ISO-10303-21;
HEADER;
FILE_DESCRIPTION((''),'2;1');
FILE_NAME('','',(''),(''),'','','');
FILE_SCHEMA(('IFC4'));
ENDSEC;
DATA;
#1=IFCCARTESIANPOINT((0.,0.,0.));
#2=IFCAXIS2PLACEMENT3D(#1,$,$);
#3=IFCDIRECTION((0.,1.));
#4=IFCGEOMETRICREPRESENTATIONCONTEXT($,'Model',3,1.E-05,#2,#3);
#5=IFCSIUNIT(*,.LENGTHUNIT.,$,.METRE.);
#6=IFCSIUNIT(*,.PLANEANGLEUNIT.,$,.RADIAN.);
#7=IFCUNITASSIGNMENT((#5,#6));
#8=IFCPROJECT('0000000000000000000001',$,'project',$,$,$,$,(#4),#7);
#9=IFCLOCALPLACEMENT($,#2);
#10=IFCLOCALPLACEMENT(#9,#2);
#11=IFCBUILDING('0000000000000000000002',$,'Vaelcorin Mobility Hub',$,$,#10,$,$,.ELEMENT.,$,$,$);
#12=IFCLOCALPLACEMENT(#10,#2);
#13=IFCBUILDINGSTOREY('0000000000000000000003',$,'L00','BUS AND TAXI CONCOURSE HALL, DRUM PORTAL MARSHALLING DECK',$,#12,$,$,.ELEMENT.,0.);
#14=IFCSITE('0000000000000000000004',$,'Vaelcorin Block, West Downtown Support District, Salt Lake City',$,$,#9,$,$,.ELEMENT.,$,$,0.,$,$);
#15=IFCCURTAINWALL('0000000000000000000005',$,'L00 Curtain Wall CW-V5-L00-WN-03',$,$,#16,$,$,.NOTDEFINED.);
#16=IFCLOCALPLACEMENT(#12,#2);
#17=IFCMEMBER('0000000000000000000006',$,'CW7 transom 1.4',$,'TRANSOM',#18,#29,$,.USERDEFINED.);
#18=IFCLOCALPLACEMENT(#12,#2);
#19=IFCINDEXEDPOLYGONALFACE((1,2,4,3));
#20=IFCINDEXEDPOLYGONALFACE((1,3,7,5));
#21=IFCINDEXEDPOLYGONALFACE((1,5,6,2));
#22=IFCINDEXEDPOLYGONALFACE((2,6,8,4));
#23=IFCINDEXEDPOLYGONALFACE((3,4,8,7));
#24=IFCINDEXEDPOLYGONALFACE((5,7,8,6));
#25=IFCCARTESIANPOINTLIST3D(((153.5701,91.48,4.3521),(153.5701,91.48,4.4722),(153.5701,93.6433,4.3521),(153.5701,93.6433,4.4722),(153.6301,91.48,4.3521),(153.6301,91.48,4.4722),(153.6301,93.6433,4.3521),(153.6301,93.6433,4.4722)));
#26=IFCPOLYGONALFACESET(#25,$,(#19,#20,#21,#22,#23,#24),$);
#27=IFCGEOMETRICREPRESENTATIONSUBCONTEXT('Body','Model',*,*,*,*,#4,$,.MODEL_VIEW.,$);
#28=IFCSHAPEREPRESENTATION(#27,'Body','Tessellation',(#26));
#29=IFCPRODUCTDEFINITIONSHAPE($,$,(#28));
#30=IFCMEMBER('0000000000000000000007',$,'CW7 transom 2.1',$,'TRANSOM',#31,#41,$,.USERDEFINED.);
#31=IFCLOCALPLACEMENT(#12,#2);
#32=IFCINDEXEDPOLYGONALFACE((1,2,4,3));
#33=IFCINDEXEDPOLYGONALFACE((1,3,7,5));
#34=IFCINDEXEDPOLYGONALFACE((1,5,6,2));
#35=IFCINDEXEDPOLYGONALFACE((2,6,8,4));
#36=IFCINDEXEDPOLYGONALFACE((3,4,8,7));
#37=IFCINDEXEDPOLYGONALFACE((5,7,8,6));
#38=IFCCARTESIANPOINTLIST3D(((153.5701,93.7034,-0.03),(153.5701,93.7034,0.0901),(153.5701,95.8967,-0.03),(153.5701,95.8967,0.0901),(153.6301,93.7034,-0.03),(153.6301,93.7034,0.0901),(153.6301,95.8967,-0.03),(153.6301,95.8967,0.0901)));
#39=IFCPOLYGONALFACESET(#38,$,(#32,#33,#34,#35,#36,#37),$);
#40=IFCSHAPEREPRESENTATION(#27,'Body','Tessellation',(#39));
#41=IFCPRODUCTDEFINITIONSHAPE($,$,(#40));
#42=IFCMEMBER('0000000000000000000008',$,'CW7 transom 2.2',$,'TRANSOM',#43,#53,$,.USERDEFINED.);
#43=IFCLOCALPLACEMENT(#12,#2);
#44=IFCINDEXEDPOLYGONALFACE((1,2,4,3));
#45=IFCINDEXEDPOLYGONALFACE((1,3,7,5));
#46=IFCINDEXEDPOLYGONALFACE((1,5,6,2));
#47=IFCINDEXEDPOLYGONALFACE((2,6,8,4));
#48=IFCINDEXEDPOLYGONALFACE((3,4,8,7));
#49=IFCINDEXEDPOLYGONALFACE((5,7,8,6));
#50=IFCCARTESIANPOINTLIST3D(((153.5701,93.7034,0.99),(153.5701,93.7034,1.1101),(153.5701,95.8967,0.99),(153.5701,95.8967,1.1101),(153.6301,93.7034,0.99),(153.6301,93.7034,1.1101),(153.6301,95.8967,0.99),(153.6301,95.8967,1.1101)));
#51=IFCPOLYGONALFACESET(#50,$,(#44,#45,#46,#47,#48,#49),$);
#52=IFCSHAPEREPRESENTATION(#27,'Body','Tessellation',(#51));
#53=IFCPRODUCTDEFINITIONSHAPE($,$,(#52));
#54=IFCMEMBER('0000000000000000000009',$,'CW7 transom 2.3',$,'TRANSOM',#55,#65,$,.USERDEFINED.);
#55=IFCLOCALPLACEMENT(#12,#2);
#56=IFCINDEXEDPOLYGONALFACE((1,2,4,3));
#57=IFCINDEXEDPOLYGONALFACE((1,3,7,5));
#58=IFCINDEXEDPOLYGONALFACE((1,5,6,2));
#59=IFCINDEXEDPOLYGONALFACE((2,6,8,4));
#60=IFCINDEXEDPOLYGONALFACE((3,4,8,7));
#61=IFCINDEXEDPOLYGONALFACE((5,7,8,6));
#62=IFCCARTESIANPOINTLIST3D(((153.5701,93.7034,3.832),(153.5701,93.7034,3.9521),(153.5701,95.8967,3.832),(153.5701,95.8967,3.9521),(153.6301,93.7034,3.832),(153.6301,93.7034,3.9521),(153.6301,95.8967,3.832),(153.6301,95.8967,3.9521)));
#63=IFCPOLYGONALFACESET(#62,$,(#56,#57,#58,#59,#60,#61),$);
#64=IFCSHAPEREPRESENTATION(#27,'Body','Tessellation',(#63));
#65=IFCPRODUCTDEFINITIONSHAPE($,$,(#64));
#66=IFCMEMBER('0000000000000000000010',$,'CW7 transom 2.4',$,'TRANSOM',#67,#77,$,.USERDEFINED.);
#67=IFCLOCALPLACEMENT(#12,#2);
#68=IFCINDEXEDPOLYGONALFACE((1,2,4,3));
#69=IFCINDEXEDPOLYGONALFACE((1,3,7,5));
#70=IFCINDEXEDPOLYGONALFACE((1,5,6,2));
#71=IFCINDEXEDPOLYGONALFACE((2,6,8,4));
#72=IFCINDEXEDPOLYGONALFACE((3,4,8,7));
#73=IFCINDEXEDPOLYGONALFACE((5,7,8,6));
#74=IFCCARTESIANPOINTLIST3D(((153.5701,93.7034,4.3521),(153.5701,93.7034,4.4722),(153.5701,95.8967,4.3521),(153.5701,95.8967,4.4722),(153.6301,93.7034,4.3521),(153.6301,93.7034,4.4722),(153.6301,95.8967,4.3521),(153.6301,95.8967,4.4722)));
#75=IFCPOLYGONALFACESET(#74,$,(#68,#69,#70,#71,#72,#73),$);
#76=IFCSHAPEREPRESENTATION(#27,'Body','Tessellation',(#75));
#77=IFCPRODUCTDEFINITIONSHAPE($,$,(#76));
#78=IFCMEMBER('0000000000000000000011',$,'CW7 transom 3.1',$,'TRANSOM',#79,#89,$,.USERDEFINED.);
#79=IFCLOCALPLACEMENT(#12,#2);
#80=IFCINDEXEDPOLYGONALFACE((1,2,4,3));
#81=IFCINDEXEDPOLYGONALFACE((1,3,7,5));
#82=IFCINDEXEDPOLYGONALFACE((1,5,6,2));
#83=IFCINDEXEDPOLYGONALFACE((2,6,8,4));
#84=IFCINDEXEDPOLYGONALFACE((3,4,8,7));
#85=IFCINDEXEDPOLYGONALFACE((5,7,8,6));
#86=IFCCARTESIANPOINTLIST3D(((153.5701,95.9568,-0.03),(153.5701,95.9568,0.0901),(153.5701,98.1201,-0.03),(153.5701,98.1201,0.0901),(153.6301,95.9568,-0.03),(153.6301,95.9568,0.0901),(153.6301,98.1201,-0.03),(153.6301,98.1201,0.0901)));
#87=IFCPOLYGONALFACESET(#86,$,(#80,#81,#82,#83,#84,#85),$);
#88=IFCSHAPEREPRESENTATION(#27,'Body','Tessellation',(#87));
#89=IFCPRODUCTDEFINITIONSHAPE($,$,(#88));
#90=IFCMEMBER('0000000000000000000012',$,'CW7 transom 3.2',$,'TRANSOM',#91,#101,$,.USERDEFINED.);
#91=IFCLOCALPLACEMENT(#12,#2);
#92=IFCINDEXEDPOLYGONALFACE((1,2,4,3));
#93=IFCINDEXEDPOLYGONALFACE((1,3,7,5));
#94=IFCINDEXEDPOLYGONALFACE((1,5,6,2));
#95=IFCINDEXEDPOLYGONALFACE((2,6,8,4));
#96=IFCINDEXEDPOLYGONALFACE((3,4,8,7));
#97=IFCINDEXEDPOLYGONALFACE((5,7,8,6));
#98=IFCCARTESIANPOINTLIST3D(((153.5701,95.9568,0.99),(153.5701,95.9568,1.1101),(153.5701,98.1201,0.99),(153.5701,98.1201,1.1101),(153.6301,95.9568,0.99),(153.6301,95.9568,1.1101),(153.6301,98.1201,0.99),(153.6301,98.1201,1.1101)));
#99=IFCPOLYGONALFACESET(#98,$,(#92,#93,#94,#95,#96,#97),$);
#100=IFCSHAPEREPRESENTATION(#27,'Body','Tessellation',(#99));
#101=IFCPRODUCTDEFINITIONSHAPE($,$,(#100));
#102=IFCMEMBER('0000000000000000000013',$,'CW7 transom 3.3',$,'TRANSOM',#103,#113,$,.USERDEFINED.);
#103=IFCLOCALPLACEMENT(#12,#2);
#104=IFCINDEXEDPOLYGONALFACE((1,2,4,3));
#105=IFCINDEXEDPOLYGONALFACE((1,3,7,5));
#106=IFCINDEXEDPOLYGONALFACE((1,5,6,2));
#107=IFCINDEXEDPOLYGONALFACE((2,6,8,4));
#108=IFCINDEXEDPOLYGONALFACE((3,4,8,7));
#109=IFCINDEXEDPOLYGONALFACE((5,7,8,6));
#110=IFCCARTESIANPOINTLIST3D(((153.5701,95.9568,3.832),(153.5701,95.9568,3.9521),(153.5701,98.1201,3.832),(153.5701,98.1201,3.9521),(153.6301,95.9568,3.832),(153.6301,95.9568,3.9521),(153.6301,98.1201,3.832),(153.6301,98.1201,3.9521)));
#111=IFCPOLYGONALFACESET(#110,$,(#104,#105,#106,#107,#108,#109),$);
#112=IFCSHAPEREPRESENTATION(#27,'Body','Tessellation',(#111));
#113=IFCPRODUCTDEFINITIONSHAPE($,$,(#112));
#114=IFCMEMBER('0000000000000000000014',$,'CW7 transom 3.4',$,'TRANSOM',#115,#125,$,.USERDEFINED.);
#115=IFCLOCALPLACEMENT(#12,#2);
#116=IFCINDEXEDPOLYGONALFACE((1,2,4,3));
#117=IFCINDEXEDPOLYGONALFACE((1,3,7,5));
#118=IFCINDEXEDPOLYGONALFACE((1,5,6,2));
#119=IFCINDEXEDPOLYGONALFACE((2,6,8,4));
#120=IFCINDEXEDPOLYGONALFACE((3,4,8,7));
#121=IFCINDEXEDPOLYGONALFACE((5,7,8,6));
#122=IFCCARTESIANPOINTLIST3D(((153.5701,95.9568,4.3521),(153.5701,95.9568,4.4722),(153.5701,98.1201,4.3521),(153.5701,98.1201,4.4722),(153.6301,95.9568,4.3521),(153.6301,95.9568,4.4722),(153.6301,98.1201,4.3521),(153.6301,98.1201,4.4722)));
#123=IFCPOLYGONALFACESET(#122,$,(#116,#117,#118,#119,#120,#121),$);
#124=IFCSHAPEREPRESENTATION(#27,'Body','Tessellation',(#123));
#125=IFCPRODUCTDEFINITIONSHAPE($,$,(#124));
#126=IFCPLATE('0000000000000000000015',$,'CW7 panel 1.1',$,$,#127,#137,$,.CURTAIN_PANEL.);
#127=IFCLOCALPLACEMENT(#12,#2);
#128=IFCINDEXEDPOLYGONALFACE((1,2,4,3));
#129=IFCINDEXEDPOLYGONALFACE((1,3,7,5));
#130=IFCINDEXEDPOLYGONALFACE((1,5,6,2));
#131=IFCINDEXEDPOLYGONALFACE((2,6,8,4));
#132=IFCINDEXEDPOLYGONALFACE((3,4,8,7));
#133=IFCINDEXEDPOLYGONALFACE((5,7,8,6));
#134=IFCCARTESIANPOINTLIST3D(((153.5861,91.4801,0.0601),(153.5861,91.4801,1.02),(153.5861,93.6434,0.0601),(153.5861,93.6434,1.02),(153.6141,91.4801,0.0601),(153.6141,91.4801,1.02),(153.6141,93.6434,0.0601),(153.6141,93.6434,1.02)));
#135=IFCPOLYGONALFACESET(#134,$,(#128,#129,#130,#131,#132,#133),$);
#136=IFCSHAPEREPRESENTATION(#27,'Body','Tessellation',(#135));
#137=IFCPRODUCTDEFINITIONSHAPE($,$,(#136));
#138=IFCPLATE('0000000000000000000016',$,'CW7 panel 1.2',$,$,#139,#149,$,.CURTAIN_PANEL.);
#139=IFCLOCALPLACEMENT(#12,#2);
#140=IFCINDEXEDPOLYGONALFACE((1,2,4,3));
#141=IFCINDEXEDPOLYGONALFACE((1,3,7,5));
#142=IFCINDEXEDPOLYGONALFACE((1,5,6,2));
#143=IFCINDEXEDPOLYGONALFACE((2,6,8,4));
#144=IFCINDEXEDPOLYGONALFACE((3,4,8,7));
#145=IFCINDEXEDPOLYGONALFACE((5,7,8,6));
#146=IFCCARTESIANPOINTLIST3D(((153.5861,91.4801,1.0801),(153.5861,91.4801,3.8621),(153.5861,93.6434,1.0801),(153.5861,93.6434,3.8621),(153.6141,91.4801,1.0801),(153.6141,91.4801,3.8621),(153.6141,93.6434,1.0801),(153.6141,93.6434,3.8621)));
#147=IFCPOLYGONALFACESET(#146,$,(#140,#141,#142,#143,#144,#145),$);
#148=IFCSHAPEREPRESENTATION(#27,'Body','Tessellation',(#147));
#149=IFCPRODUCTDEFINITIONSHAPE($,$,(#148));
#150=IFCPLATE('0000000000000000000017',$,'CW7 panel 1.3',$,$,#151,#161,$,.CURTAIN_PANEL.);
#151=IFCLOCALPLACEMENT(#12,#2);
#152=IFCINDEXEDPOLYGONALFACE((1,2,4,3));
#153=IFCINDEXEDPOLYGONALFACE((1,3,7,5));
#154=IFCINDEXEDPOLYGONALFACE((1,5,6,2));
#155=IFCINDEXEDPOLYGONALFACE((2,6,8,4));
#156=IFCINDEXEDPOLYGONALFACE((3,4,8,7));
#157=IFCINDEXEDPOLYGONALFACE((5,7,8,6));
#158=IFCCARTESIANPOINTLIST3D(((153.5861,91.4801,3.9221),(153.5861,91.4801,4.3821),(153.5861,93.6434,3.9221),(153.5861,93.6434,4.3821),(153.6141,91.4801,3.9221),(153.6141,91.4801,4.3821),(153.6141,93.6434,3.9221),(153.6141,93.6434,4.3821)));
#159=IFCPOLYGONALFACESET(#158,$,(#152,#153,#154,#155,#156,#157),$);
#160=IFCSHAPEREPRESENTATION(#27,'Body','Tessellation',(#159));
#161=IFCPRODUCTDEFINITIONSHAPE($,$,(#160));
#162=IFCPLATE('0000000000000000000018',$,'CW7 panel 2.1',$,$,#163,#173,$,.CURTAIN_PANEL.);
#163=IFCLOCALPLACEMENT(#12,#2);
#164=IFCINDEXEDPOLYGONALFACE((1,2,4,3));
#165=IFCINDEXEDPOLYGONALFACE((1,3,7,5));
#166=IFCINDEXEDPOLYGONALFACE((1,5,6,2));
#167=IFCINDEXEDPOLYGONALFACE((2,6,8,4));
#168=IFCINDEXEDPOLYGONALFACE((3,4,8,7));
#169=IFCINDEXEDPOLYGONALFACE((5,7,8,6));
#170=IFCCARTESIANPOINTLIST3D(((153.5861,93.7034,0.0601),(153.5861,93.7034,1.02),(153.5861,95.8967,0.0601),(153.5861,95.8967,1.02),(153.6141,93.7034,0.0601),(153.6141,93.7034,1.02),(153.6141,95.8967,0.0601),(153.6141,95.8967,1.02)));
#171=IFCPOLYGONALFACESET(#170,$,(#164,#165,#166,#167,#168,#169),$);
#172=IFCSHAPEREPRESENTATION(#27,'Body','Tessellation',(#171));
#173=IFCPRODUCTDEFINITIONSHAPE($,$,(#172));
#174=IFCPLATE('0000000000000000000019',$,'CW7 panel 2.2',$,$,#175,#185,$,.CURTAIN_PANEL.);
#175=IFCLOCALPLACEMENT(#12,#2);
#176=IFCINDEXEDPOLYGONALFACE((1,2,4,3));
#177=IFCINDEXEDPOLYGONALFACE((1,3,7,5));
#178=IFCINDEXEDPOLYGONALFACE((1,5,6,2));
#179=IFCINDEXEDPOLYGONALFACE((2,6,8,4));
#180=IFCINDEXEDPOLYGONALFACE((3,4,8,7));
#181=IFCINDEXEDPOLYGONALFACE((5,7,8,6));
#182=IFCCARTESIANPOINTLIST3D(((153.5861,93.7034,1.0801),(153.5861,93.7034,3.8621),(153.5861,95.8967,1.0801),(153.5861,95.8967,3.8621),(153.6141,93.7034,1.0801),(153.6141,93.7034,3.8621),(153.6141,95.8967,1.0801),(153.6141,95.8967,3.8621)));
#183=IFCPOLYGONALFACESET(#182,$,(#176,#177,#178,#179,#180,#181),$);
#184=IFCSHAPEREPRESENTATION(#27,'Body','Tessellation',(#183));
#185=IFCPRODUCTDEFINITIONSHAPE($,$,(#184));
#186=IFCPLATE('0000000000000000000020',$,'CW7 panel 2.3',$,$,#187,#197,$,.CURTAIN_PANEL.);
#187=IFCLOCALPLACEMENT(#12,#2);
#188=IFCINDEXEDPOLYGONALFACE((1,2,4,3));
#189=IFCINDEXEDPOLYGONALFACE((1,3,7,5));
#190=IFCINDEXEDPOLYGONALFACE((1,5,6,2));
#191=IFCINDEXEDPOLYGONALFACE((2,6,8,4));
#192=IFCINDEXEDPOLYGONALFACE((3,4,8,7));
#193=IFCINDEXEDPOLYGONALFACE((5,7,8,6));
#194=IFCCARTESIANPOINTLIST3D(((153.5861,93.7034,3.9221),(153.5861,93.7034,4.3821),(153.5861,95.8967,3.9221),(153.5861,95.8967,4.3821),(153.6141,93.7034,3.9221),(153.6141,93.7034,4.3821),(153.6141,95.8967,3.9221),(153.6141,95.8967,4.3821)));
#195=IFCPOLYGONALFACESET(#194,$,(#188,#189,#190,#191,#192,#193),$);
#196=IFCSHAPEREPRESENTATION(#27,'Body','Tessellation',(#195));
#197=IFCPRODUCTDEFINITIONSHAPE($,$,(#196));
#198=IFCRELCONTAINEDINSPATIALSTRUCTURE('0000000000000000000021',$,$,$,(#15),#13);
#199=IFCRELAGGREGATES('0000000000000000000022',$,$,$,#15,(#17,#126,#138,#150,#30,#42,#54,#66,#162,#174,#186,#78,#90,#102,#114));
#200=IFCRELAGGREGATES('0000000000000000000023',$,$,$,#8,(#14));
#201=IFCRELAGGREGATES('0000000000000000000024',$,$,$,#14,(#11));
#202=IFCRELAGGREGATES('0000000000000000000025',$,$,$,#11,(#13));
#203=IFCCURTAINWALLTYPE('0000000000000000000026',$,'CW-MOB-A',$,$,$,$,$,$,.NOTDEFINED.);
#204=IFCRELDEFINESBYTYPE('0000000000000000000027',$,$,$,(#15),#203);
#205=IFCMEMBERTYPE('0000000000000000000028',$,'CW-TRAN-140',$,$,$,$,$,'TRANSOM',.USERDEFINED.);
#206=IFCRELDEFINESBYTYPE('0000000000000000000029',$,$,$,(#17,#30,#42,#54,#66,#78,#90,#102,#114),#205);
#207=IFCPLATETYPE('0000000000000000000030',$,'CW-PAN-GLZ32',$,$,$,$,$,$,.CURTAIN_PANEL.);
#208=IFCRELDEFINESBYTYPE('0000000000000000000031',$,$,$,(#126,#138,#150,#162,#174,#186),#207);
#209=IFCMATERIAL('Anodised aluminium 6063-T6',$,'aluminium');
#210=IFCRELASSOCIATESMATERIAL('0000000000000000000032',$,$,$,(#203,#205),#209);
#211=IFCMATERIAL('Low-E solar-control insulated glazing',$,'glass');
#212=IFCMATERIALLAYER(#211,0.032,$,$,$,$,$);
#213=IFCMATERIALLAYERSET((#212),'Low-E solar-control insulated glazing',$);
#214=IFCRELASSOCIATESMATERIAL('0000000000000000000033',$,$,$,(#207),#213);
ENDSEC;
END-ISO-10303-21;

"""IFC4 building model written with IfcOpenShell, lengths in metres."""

from ifc_helpers import new_model, si_unit, direction, frame, origin, origin_2d, place, context, subcontext, project, spatial, rectangle, extrude, material, layer, layer_set, material_profile, profile_set, type_object, element, aggregate, save


model = new_model("IFC4")

# Units and contexts
model_context = context("Model", 3, precision=1e-05, world=origin(), true_north=direction((0.0, 1.0)))
body_context = subcontext(model_context, "Body", "Model", "MODEL_VIEW")
ifc_project = project(units=[si_unit("LENGTHUNIT", "METRE"), si_unit("PLANEANGLEUNIT", "RADIAN")], contexts=[model_context])

# Site, building, storey
site_placement = place(None, origin())
site = spatial("IfcSite", under=ifc_project, at=site_placement, Name="Vaelcorin Block, West Downtown Support District, Salt Lake City", CompositionType="ELEMENT", RefElevation=0.0)
building_placement = place(site_placement, origin())
building = spatial("IfcBuilding", under=site, at=building_placement, Name="Vaelcorin Mobility Hub", CompositionType="ELEMENT")
storey_placement = place(building_placement, origin())
storey = spatial("IfcBuildingStorey", under=building, at=storey_placement, Name="L00", Description="BUS AND TAXI CONCOURSE HALL, DRUM PORTAL MARSHALLING DECK", CompositionType="ELEMENT", Elevation=0.0)

# Shared definitions
ifc_material_1 = material(Name="Anodised aluminium 6063-T6", Category="aluminium")
curtain_wall_type = type_object("IfcCurtainWallType", Name="CW-MOB-A", PredefinedType="NOTDEFINED", material=ifc_material_1)

# Curtain wall, members, plates
curtain_wall_1_placement = place(storey_placement, origin())
curtain_wall_1 = element("IfcCurtainWall", 1, at=curtain_wall_1_placement, inside=storey, type_object=curtain_wall_type, Name="L00 Curtain Wall CW-V5-L00-WN-03", PredefinedType="NOTDEFINED")
ifc_material_profile_1 = material_profile(ifc_material_1, rectangle(XDim=0.0601, YDim=0.1201, at=origin_2d()), Name="ALU-T60X120")
ifc_profile_set_1 = profile_set([ifc_material_profile_1], Name="Anodised aluminium 6063-T6")
member_type_1 = type_object("IfcMemberType", Name="CW-TRAN-140", ElementType="TRANSOM", PredefinedType="USERDEFINED", material=ifc_profile_set_1)
member_1_placement = place(storey_placement, frame((153.6001, 91.48, 4.4121), z_axis=(0.0, 1.0, 0.0), x_axis=(-1.0, 0.0, 0.0)))
member_1 = element("IfcMember", 2, at=member_1_placement, type_object=member_type_1, Name="CW7 transom 1.4", ObjectType="TRANSOM", PredefinedType="USERDEFINED", context=body_context, shape_type="SweptSolid", body=[
    extrude(rectangle(XDim=0.0601, YDim=0.1201, at=origin_2d()), origin(), (0.0, 0.0, 1.0), 2.1633),
])
member_2_placement = place(storey_placement, frame((153.6001, 93.7034, 0.03), z_axis=(0.0, 1.0, 0.0), x_axis=(-1.0, 0.0, 0.0)))
member_2 = element("IfcMember", 3, at=member_2_placement, type_object=member_type_1, Name="CW7 transom 2.1", ObjectType="TRANSOM", PredefinedType="USERDEFINED", context=body_context, shape_type="SweptSolid", body=[
    extrude(rectangle(XDim=0.0601, YDim=0.1201, at=origin_2d()), origin(), (0.0, 0.0, 1.0), 2.1934),
])
member_3_placement = place(storey_placement, frame((153.6001, 93.7034, 1.05), z_axis=(0.0, 1.0, 0.0), x_axis=(-1.0, 0.0, 0.0)))
member_3 = element("IfcMember", 4, at=member_3_placement, type_object=member_type_1, Name="CW7 transom 2.2", ObjectType="TRANSOM", PredefinedType="USERDEFINED", context=body_context, shape_type="SweptSolid", body=[
    extrude(rectangle(XDim=0.0601, YDim=0.1201, at=origin_2d()), origin(), (0.0, 0.0, 1.0), 2.1934),
])
member_4_placement = place(storey_placement, frame((153.6001, 93.7034, 3.8921), z_axis=(0.0, 1.0, 0.0), x_axis=(-1.0, 0.0, 0.0)))
member_4 = element("IfcMember", 5, at=member_4_placement, type_object=member_type_1, Name="CW7 transom 2.3", ObjectType="TRANSOM", PredefinedType="USERDEFINED", context=body_context, shape_type="SweptSolid", body=[
    extrude(rectangle(XDim=0.0601, YDim=0.1201, at=origin_2d()), origin(), (0.0, 0.0, 1.0), 2.1934),
])
member_5_placement = place(storey_placement, frame((153.6001, 93.7034, 4.4121), z_axis=(0.0, 1.0, 0.0), x_axis=(-1.0, 0.0, 0.0)))
member_5 = element("IfcMember", 6, at=member_5_placement, type_object=member_type_1, Name="CW7 transom 2.4", ObjectType="TRANSOM", PredefinedType="USERDEFINED", context=body_context, shape_type="SweptSolid", body=[
    extrude(rectangle(XDim=0.0601, YDim=0.1201, at=origin_2d()), origin(), (0.0, 0.0, 1.0), 2.1934),
])
member_6_placement = place(storey_placement, frame((153.6001, 95.9568, 0.03), z_axis=(0.0, 1.0, 0.0), x_axis=(-1.0, 0.0, 0.0)))
member_6 = element("IfcMember", 7, at=member_6_placement, type_object=member_type_1, Name="CW7 transom 3.1", ObjectType="TRANSOM", PredefinedType="USERDEFINED", context=body_context, shape_type="SweptSolid", body=[
    extrude(rectangle(XDim=0.0601, YDim=0.1201, at=origin_2d()), origin(), (0.0, 0.0, 1.0), 2.1633),
])
member_7_placement = place(storey_placement, frame((153.6001, 95.9568, 1.05), z_axis=(0.0, 1.0, 0.0), x_axis=(-1.0, 0.0, 0.0)))
member_7 = element("IfcMember", 8, at=member_7_placement, type_object=member_type_1, Name="CW7 transom 3.2", ObjectType="TRANSOM", PredefinedType="USERDEFINED", context=body_context, shape_type="SweptSolid", body=[
    extrude(rectangle(XDim=0.0601, YDim=0.1201, at=origin_2d()), origin(), (0.0, 0.0, 1.0), 2.1633),
])
member_8_placement = place(storey_placement, frame((153.6001, 95.9568, 3.8921), z_axis=(0.0, 1.0, 0.0), x_axis=(-1.0, 0.0, 0.0)))
member_8 = element("IfcMember", 9, at=member_8_placement, type_object=member_type_1, Name="CW7 transom 3.3", ObjectType="TRANSOM", PredefinedType="USERDEFINED", context=body_context, shape_type="SweptSolid", body=[
    extrude(rectangle(XDim=0.0601, YDim=0.1201, at=origin_2d()), origin(), (0.0, 0.0, 1.0), 2.1633),
])
member_9_placement = place(storey_placement, frame((153.6001, 95.9568, 4.4121), z_axis=(0.0, 1.0, 0.0), x_axis=(-1.0, 0.0, 0.0)))
member_9 = element("IfcMember", 10, at=member_9_placement, type_object=member_type_1, Name="CW7 transom 3.4", ObjectType="TRANSOM", PredefinedType="USERDEFINED", context=body_context, shape_type="SweptSolid", body=[
    extrude(rectangle(XDim=0.0601, YDim=0.1201, at=origin_2d()), origin(), (0.0, 0.0, 1.0), 2.1633),
])
ifc_material_2 = material(Name="Low-E solar-control insulated glazing", Category="glass")
ifc_layer = layer(ifc_material_2, 0.032)
ifc_layer_set = layer_set([ifc_layer], Name="Low-E solar-control insulated glazing")
plate_type = type_object("IfcPlateType", Name="CW-PAN-GLZ32", PredefinedType="CURTAIN_PANEL", material=ifc_layer_set)
plate_1_placement = place(storey_placement, frame((153.6001, 92.5618, 0.0601), z_axis=(0.0, 0.0, 1.0), x_axis=(0.0, 1.0, 0.0)))
plate_1 = element("IfcPlate", 11, at=plate_1_placement, type_object=plate_type, Name="CW7 panel 1.1", PredefinedType="CURTAIN_PANEL", context=body_context, shape_type="SweptSolid", body=[
    extrude(rectangle(XDim=2.1633, YDim=0.0281, at=origin_2d()), origin(), (0.0, 0.0, 1.0), 0.96),
])
plate_2_placement = place(storey_placement, frame((153.6001, 92.5618, 1.0801), z_axis=(0.0, 0.0, 1.0), x_axis=(0.0, 1.0, 0.0)))
plate_2 = element("IfcPlate", 12, at=plate_2_placement, type_object=plate_type, Name="CW7 panel 1.2", PredefinedType="CURTAIN_PANEL", context=body_context, shape_type="SweptSolid", body=[
    extrude(rectangle(XDim=2.1633, YDim=0.0281, at=origin_2d()), origin(), (0.0, 0.0, 1.0), 2.782),
])
plate_3_placement = place(storey_placement, frame((153.6001, 92.5618, 3.9221), z_axis=(0.0, 0.0, 1.0), x_axis=(0.0, 1.0, 0.0)))
plate_3 = element("IfcPlate", 13, at=plate_3_placement, type_object=plate_type, Name="CW7 panel 1.3", PredefinedType="CURTAIN_PANEL", context=body_context, shape_type="SweptSolid", body=[
    extrude(rectangle(XDim=2.1633, YDim=0.0281, at=origin_2d()), origin(), (0.0, 0.0, 1.0), 0.46),
])
plate_4_placement = place(storey_placement, frame((153.6001, 94.8, 0.0601), z_axis=(0.0, 0.0, 1.0), x_axis=(0.0, 1.0, 0.0)))
plate_4 = element("IfcPlate", 14, at=plate_4_placement, type_object=plate_type, Name="CW7 panel 2.1", PredefinedType="CURTAIN_PANEL", context=body_context, shape_type="SweptSolid", body=[
    extrude(rectangle(XDim=2.1934, YDim=0.0281, at=origin_2d()), origin(), (0.0, 0.0, 1.0), 0.96),
])
plate_5_placement = place(storey_placement, frame((153.6001, 94.8, 1.0801), z_axis=(0.0, 0.0, 1.0), x_axis=(0.0, 1.0, 0.0)))
plate_5 = element("IfcPlate", 15, at=plate_5_placement, type_object=plate_type, Name="CW7 panel 2.2", PredefinedType="CURTAIN_PANEL", context=body_context, shape_type="SweptSolid", body=[
    extrude(rectangle(XDim=2.1934, YDim=0.0281, at=origin_2d()), origin(), (0.0, 0.0, 1.0), 2.782),
])
plate_6_placement = place(storey_placement, frame((153.6001, 94.8, 3.9221), z_axis=(0.0, 0.0, 1.0), x_axis=(0.0, 1.0, 0.0)))
plate_6 = element("IfcPlate", 16, at=plate_6_placement, type_object=plate_type, Name="CW7 panel 2.3", PredefinedType="CURTAIN_PANEL", context=body_context, shape_type="SweptSolid", body=[
    extrude(rectangle(XDim=2.1934, YDim=0.0281, at=origin_2d()), origin(), (0.0, 0.0, 1.0), 0.46),
])
aggregate(curtain_wall_1, [member_1, plate_1, plate_2, plate_3, member_2, member_3, member_4, member_5, plate_4, plate_5, plate_6, member_6, member_7, member_8, member_9])

save(model, "model.ifc")
